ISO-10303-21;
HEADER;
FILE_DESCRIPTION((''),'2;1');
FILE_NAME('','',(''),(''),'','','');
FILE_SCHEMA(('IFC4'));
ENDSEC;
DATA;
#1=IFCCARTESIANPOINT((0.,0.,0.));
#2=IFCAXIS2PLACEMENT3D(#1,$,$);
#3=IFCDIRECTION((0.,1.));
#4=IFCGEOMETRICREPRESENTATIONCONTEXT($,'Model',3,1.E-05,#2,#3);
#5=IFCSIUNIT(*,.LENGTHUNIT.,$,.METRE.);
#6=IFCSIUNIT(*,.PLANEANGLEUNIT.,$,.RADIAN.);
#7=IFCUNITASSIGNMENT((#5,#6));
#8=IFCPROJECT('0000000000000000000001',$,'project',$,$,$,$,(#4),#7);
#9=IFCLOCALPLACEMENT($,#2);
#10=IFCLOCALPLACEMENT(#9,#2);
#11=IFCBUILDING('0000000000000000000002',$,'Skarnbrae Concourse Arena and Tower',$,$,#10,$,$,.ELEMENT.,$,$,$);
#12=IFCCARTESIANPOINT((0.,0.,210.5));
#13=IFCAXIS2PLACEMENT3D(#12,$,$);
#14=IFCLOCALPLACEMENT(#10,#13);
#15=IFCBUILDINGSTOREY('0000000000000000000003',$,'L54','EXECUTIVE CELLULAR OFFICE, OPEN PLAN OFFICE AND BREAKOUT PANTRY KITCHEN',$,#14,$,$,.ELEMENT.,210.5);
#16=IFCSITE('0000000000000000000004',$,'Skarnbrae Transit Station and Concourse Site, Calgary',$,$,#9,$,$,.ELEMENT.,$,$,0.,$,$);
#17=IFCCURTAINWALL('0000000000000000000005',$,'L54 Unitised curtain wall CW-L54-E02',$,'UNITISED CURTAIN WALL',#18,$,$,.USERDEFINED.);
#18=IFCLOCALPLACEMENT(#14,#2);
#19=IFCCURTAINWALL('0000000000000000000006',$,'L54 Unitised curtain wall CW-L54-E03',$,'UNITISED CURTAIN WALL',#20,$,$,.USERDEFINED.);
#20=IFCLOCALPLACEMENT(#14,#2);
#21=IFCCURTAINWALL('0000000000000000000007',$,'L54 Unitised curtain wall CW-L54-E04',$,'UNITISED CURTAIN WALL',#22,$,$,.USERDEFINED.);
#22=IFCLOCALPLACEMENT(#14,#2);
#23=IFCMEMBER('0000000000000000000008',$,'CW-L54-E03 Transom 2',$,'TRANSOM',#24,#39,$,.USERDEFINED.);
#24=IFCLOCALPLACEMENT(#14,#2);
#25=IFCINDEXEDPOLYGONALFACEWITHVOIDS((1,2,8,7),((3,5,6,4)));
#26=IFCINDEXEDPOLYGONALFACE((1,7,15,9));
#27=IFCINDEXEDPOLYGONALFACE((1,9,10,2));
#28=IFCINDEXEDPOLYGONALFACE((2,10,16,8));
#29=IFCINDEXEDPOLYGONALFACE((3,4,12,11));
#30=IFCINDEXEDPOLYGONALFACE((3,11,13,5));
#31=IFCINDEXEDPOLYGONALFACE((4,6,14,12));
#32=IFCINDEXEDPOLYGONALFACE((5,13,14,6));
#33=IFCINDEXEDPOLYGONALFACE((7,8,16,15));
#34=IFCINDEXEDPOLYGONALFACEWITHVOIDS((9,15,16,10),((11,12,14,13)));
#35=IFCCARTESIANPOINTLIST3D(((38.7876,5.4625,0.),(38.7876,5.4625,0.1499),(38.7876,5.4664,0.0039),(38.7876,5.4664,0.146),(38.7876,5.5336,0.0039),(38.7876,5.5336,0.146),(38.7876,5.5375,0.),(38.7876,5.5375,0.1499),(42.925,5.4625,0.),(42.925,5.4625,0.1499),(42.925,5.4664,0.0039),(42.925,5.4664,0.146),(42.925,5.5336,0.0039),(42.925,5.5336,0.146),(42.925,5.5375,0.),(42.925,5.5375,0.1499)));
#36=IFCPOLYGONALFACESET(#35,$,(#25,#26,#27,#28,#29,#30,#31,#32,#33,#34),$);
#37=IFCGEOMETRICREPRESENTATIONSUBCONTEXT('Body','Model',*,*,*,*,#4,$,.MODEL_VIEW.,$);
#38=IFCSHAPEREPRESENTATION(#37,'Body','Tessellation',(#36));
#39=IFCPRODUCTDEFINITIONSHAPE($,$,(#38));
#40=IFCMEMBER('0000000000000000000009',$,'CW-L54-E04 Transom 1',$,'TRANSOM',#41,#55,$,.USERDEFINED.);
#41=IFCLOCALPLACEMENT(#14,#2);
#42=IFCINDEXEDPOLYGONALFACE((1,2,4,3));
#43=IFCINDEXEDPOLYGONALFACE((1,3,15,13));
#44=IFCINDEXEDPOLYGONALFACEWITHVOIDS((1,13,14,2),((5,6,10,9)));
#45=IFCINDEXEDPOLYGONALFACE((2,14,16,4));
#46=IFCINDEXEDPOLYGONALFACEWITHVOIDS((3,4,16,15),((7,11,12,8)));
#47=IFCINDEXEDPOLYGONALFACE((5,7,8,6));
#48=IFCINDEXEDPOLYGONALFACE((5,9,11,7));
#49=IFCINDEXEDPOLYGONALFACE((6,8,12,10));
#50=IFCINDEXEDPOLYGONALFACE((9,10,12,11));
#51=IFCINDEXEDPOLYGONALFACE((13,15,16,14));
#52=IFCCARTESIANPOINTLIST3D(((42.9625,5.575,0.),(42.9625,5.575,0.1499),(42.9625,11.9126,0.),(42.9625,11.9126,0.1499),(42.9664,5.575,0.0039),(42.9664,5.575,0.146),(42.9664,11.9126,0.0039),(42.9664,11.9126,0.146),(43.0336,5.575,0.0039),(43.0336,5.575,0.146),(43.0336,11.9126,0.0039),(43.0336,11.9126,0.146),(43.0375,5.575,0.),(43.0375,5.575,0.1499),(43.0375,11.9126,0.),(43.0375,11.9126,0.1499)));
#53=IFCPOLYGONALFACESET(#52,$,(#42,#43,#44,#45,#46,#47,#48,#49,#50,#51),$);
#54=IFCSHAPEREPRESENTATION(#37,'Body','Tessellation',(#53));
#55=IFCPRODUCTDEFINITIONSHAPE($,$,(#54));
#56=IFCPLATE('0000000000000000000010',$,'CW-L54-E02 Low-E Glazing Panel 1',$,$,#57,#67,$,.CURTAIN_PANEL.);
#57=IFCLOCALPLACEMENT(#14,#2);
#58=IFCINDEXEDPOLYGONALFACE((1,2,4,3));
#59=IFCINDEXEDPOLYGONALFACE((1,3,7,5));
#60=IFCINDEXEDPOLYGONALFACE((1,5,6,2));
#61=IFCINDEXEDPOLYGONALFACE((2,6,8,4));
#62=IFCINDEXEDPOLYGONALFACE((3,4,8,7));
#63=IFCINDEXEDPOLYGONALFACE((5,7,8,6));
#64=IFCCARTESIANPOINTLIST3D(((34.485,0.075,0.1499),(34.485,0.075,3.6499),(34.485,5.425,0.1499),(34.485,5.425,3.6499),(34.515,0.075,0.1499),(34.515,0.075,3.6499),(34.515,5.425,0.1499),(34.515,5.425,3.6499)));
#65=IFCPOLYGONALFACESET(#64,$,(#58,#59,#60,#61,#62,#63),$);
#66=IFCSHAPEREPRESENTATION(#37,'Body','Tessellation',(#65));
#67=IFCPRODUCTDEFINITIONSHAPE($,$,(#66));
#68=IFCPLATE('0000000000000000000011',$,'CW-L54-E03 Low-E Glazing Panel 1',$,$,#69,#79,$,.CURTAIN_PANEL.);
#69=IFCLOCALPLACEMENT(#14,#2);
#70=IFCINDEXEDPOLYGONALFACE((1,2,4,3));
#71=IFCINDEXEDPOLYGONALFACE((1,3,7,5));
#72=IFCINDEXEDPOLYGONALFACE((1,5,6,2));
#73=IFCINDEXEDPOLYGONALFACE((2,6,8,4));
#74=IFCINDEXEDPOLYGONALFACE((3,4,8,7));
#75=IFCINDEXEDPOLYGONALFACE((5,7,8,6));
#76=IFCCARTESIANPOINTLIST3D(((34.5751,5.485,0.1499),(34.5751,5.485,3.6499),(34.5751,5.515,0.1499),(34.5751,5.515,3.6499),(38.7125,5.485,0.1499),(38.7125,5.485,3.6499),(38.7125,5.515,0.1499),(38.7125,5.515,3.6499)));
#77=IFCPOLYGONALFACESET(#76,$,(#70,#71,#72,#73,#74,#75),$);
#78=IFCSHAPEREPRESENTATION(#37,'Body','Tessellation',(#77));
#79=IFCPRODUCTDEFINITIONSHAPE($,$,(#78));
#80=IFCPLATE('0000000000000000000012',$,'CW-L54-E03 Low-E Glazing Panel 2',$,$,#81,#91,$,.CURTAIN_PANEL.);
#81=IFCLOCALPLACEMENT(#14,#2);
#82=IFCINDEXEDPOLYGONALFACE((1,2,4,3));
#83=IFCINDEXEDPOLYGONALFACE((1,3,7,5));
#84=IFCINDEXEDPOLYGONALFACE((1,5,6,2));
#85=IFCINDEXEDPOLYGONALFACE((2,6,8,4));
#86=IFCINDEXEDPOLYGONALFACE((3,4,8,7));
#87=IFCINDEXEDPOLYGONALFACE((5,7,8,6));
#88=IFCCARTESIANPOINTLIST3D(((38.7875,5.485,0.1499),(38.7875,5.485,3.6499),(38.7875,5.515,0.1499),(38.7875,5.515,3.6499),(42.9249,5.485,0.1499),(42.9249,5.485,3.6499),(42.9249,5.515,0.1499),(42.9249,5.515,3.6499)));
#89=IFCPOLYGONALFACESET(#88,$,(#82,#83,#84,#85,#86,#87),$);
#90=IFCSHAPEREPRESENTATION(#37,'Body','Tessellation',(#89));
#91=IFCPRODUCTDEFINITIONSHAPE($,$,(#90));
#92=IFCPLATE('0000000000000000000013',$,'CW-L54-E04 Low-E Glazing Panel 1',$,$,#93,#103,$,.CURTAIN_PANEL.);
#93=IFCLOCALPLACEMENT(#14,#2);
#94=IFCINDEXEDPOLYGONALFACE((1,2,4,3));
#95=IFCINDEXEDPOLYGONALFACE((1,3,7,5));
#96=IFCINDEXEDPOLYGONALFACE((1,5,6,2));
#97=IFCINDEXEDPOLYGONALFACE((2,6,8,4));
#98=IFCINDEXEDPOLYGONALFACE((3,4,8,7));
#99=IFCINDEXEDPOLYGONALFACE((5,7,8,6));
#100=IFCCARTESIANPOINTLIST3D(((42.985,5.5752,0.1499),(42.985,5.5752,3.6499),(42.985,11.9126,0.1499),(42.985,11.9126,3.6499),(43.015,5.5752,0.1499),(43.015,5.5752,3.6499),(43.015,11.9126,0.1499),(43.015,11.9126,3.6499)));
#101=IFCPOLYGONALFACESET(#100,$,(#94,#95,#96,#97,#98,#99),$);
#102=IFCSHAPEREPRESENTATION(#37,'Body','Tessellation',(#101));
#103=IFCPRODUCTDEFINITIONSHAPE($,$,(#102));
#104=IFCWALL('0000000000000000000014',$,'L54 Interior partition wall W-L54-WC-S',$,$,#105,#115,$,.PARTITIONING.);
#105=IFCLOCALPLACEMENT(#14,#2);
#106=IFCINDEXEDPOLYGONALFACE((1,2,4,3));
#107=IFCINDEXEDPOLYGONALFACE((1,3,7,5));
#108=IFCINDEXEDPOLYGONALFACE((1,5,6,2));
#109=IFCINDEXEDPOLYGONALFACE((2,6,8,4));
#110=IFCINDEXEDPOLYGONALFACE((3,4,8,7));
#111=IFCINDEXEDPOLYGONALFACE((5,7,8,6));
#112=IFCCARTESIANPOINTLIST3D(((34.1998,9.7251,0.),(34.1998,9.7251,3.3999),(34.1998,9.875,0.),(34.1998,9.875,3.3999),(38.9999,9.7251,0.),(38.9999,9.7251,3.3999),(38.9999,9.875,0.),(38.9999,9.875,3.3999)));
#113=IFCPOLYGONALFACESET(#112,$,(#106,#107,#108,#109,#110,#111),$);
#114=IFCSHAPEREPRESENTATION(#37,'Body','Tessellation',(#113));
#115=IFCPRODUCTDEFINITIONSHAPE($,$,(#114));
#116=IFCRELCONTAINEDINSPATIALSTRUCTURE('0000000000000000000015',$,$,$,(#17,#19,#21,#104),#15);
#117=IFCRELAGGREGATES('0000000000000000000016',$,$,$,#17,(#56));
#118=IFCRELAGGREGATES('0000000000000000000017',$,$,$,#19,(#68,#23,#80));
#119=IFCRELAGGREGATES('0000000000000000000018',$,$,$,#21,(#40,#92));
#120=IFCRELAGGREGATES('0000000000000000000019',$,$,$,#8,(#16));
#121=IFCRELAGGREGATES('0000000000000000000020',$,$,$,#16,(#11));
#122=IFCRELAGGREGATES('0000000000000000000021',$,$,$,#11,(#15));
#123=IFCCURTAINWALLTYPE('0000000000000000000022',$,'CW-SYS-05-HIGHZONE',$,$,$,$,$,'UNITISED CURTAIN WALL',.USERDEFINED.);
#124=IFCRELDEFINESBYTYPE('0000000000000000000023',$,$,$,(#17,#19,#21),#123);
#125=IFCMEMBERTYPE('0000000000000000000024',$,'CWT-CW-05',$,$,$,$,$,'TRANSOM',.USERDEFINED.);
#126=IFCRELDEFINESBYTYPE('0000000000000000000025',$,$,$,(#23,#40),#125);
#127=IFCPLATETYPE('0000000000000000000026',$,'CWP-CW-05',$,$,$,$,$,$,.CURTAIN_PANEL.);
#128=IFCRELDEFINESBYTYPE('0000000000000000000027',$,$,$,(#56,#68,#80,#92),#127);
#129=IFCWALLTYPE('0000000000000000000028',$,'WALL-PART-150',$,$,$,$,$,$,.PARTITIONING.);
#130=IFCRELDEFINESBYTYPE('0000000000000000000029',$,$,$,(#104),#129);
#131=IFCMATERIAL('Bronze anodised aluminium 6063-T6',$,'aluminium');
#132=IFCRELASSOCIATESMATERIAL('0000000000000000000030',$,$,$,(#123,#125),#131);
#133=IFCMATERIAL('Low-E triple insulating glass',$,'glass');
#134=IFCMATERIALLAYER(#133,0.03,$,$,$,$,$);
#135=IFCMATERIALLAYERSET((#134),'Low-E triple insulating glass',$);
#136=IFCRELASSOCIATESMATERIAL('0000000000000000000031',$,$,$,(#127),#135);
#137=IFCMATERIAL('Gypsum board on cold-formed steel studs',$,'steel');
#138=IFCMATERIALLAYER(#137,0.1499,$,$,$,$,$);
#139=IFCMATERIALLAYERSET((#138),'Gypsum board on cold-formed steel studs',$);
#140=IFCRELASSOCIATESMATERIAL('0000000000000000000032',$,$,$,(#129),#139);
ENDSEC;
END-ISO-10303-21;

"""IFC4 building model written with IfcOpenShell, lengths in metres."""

from ifc_helpers import new_model, si_unit, direction, frame, frame_2d, origin, origin_2d, place, context, subcontext, project, spatial, rectangle, hollow_rectangle, extrude, source, transform, mapped, material, layer, layer_set, material_profile, profile_set, type_object, element, aggregate, save


model = new_model("IFC4")

# Units and contexts
model_context = context("Model", 3, precision=1e-05, world=origin(), true_north=direction((0.0, 1.0)))
body_context = subcontext(model_context, "Body", "Model", "MODEL_VIEW")
ifc_project = project(units=[si_unit("LENGTHUNIT", "METRE"), si_unit("PLANEANGLEUNIT", "RADIAN")], contexts=[model_context])

# Site, building, storey
site_placement = place(None, origin())
site = spatial("IfcSite", under=ifc_project, at=site_placement, Name="Skarnbrae Transit Station and Concourse Site, Calgary", CompositionType="ELEMENT", RefElevation=0.0)
building_placement = place(site_placement, origin())
building = spatial("IfcBuilding", under=site, at=building_placement, Name="Skarnbrae Concourse Arena and Tower", CompositionType="ELEMENT")
storey_placement = place(building_placement, frame((0.0, 0.0, 210.5)))
storey = spatial("IfcBuildingStorey", under=building, at=storey_placement, Name="L54", Description="EXECUTIVE CELLULAR OFFICE, OPEN PLAN OFFICE AND BREAKOUT PANTRY KITCHEN", CompositionType="ELEMENT", Elevation=210.5)

# Curtain walls
ifc_material_1 = material(Name="Bronze anodised aluminium 6063-T6", Category="aluminium")
curtain_wall_type = type_object("IfcCurtainWallType", Name="CW-SYS-05-HIGHZONE", ElementType="UNITISED CURTAIN WALL", PredefinedType="USERDEFINED", material=ifc_material_1)
curtain_wall_1_placement = place(storey_placement, origin())
curtain_wall_1 = element("IfcCurtainWall", 1, at=curtain_wall_1_placement, inside=storey, type_object=curtain_wall_type, Name="L54 Unitised curtain wall CW-L54-E02", ObjectType="UNITISED CURTAIN WALL", PredefinedType="USERDEFINED")
curtain_wall_2_placement = place(storey_placement, origin())
curtain_wall_2 = element("IfcCurtainWall", 2, at=curtain_wall_2_placement, inside=storey, type_object=curtain_wall_type, Name="L54 Unitised curtain wall CW-L54-E03", ObjectType="UNITISED CURTAIN WALL", PredefinedType="USERDEFINED")

# Curtain wall
curtain_wall_3_placement = place(storey_placement, origin())
curtain_wall_3 = element("IfcCurtainWall", 3, at=curtain_wall_3_placement, inside=storey, type_object=curtain_wall_type, Name="L54 Unitised curtain wall CW-L54-E04", ObjectType="UNITISED CURTAIN WALL", PredefinedType="USERDEFINED")

# Members
ifc_material_profile_1 = material_profile(ifc_material_1, hollow_rectangle(XDim=0.075, YDim=0.1499, WallThickness=0.0039, at=origin_2d()), Name="ALU-TRAN-75X150")
ifc_profile_set_1 = profile_set([ifc_material_profile_1], Name="Bronze anodised aluminium 6063-T6")
member_type_1 = type_object("IfcMemberType", Name="CWT-CW-05", ElementType="TRANSOM", PredefinedType="USERDEFINED", material=ifc_profile_set_1)
shared_shape_1 = source(origin(), body_context, "Body", "SweptSolid", [
    extrude(hollow_rectangle(XDim=0.075, YDim=0.1499, WallThickness=0.0039, at=origin_2d()), origin(), (0.0, 0.0, 1.0), 4.1375),
])
member_1_placement = place(storey_placement, frame((38.7876, 5.5, 0.075), z_axis=(1.0, 0.0, 0.0), x_axis=(0.0, 1.0, 0.0)))
member_1 = element("IfcMember", 4, at=member_1_placement, type_object=member_type_1, Name="CW-L54-E03 Transom 2", ObjectType="TRANSOM", PredefinedType="USERDEFINED", context=body_context, shape_type="MappedRepresentation", body=[
    mapped(shared_shape_1, transform((0.0, 0.0, 0.0))),
])
shared_shape_2 = source(origin(), body_context, "Body", "SweptSolid", [
    extrude(hollow_rectangle(XDim=0.075, YDim=0.1499, WallThickness=0.0039, at=origin_2d()), origin(), (0.0, 0.0, 1.0), 6.3376),
])
member_2_placement = place(storey_placement, frame((43.0, 5.575, 0.075), z_axis=(0.0, 1.0, 0.0), x_axis=(-1.0, 0.0, 0.0)))
member_2 = element("IfcMember", 5, at=member_2_placement, type_object=member_type_1, Name="CW-L54-E04 Transom 1", ObjectType="TRANSOM", PredefinedType="USERDEFINED", context=body_context, shape_type="MappedRepresentation", body=[
    mapped(shared_shape_2, transform((0.0, 0.0, 0.0))),
])

# Plates
ifc_material_2 = material(Name="Low-E triple insulating glass", Category="glass")
ifc_layer_1 = layer(ifc_material_2, 0.03)
ifc_layer_set_1 = layer_set([ifc_layer_1], Name="Low-E triple insulating glass")
plate_type = type_object("IfcPlateType", Name="CWP-CW-05", PredefinedType="CURTAIN_PANEL", material=ifc_layer_set_1)
shared_shape_3 = source(origin(), body_context, "Body", "SweptSolid", [
    extrude(rectangle(XDim=5.3501, YDim=0.03, at=origin_2d()), origin(), (0.0, 0.0, 1.0), 3.5),
])
plate_1_placement = place(storey_placement, frame((34.5, 2.75, 0.1499), z_axis=(0.0, 0.0, 1.0), x_axis=(0.0, 1.0, 0.0)))
plate_1 = element("IfcPlate", 6, at=plate_1_placement, type_object=plate_type, Name="CW-L54-E02 Low-E Glazing Panel 1", PredefinedType="CURTAIN_PANEL", context=body_context, shape_type="MappedRepresentation", body=[
    mapped(shared_shape_3, transform((0.0, 0.0, 0.0))),
])
aggregate(curtain_wall_1, [plate_1])
shared_shape_4 = source(origin(), body_context, "Body", "SweptSolid", [
    extrude(rectangle(XDim=4.1375, YDim=0.03, at=origin_2d()), origin(), (0.0, 0.0, 1.0), 3.5),
])
plate_2_placement = place(storey_placement, frame((36.6438, 5.5, 0.1499), z_axis=(0.0, 0.0, 1.0), x_axis=(1.0, 0.0, 0.0)))
plate_2 = element("IfcPlate", 7, at=plate_2_placement, type_object=plate_type, Name="CW-L54-E03 Low-E Glazing Panel 1", PredefinedType="CURTAIN_PANEL", context=body_context, shape_type="MappedRepresentation", body=[
    mapped(shared_shape_4, transform((0.0, 0.0, 0.0))),
])
plate_3_placement = place(storey_placement, frame((40.8562, 5.5, 0.1499), z_axis=(0.0, 0.0, 1.0), x_axis=(1.0, 0.0, 0.0)))
plate_3 = element("IfcPlate", 8, at=plate_3_placement, type_object=plate_type, Name="CW-L54-E03 Low-E Glazing Panel 2", PredefinedType="CURTAIN_PANEL", context=body_context, shape_type="MappedRepresentation", body=[
    mapped(shared_shape_4, transform((0.0, 0.0, 0.0))),
])
aggregate(curtain_wall_2, [plate_2, member_1, plate_3])
shared_shape_5 = source(origin(), body_context, "Body", "SweptSolid", [
    extrude(rectangle(XDim=6.3374, YDim=0.03, at=origin_2d()), origin(), (0.0, 0.0, 1.0), 3.5),
])
plate_4_placement = place(storey_placement, frame((43.0, 8.7439, 0.1499), z_axis=(0.0, 0.0, 1.0), x_axis=(0.0, 1.0, 0.0)))
plate_4 = element("IfcPlate", 9, at=plate_4_placement, type_object=plate_type, Name="CW-L54-E04 Low-E Glazing Panel 1", PredefinedType="CURTAIN_PANEL", context=body_context, shape_type="MappedRepresentation", body=[
    mapped(shared_shape_5, transform((0.0, 0.0, 0.0))),
])
aggregate(curtain_wall_3, [member_2, plate_4])

# Wall
ifc_material_3 = material(Name="Gypsum board on cold-formed steel studs", Category="steel")
ifc_layer_2 = layer(ifc_material_3, 0.1499)
ifc_layer_set_2 = layer_set([ifc_layer_2], Name="Gypsum board on cold-formed steel studs")
wall_type = type_object("IfcWallType", Name="WALL-PART-150", PredefinedType="PARTITIONING", material=ifc_layer_set_2)
shared_shape_6 = source(origin(), body_context, "Body", "SweptSolid", [
    extrude(rectangle(XDim=4.8, YDim=0.1499, at=frame_2d((2.3999, 0.0))), origin(), (0.0, 0.0, 1.0), 3.3999),
])
wall_placement = place(storey_placement, frame((34.2, 9.8, 0.0), z_axis=(0.0, 0.0, 1.0), x_axis=(1.0, 0.0, 0.0)))
element("IfcWall", 10, at=wall_placement, inside=storey, type_object=wall_type, Name="L54 Interior partition wall W-L54-WC-S", PredefinedType="PARTITIONING", context=body_context, shape_type="MappedRepresentation", body=[
    mapped(shared_shape_6, transform((0.0, 0.0, 0.0))),
])

save(model, "model.ifc")
